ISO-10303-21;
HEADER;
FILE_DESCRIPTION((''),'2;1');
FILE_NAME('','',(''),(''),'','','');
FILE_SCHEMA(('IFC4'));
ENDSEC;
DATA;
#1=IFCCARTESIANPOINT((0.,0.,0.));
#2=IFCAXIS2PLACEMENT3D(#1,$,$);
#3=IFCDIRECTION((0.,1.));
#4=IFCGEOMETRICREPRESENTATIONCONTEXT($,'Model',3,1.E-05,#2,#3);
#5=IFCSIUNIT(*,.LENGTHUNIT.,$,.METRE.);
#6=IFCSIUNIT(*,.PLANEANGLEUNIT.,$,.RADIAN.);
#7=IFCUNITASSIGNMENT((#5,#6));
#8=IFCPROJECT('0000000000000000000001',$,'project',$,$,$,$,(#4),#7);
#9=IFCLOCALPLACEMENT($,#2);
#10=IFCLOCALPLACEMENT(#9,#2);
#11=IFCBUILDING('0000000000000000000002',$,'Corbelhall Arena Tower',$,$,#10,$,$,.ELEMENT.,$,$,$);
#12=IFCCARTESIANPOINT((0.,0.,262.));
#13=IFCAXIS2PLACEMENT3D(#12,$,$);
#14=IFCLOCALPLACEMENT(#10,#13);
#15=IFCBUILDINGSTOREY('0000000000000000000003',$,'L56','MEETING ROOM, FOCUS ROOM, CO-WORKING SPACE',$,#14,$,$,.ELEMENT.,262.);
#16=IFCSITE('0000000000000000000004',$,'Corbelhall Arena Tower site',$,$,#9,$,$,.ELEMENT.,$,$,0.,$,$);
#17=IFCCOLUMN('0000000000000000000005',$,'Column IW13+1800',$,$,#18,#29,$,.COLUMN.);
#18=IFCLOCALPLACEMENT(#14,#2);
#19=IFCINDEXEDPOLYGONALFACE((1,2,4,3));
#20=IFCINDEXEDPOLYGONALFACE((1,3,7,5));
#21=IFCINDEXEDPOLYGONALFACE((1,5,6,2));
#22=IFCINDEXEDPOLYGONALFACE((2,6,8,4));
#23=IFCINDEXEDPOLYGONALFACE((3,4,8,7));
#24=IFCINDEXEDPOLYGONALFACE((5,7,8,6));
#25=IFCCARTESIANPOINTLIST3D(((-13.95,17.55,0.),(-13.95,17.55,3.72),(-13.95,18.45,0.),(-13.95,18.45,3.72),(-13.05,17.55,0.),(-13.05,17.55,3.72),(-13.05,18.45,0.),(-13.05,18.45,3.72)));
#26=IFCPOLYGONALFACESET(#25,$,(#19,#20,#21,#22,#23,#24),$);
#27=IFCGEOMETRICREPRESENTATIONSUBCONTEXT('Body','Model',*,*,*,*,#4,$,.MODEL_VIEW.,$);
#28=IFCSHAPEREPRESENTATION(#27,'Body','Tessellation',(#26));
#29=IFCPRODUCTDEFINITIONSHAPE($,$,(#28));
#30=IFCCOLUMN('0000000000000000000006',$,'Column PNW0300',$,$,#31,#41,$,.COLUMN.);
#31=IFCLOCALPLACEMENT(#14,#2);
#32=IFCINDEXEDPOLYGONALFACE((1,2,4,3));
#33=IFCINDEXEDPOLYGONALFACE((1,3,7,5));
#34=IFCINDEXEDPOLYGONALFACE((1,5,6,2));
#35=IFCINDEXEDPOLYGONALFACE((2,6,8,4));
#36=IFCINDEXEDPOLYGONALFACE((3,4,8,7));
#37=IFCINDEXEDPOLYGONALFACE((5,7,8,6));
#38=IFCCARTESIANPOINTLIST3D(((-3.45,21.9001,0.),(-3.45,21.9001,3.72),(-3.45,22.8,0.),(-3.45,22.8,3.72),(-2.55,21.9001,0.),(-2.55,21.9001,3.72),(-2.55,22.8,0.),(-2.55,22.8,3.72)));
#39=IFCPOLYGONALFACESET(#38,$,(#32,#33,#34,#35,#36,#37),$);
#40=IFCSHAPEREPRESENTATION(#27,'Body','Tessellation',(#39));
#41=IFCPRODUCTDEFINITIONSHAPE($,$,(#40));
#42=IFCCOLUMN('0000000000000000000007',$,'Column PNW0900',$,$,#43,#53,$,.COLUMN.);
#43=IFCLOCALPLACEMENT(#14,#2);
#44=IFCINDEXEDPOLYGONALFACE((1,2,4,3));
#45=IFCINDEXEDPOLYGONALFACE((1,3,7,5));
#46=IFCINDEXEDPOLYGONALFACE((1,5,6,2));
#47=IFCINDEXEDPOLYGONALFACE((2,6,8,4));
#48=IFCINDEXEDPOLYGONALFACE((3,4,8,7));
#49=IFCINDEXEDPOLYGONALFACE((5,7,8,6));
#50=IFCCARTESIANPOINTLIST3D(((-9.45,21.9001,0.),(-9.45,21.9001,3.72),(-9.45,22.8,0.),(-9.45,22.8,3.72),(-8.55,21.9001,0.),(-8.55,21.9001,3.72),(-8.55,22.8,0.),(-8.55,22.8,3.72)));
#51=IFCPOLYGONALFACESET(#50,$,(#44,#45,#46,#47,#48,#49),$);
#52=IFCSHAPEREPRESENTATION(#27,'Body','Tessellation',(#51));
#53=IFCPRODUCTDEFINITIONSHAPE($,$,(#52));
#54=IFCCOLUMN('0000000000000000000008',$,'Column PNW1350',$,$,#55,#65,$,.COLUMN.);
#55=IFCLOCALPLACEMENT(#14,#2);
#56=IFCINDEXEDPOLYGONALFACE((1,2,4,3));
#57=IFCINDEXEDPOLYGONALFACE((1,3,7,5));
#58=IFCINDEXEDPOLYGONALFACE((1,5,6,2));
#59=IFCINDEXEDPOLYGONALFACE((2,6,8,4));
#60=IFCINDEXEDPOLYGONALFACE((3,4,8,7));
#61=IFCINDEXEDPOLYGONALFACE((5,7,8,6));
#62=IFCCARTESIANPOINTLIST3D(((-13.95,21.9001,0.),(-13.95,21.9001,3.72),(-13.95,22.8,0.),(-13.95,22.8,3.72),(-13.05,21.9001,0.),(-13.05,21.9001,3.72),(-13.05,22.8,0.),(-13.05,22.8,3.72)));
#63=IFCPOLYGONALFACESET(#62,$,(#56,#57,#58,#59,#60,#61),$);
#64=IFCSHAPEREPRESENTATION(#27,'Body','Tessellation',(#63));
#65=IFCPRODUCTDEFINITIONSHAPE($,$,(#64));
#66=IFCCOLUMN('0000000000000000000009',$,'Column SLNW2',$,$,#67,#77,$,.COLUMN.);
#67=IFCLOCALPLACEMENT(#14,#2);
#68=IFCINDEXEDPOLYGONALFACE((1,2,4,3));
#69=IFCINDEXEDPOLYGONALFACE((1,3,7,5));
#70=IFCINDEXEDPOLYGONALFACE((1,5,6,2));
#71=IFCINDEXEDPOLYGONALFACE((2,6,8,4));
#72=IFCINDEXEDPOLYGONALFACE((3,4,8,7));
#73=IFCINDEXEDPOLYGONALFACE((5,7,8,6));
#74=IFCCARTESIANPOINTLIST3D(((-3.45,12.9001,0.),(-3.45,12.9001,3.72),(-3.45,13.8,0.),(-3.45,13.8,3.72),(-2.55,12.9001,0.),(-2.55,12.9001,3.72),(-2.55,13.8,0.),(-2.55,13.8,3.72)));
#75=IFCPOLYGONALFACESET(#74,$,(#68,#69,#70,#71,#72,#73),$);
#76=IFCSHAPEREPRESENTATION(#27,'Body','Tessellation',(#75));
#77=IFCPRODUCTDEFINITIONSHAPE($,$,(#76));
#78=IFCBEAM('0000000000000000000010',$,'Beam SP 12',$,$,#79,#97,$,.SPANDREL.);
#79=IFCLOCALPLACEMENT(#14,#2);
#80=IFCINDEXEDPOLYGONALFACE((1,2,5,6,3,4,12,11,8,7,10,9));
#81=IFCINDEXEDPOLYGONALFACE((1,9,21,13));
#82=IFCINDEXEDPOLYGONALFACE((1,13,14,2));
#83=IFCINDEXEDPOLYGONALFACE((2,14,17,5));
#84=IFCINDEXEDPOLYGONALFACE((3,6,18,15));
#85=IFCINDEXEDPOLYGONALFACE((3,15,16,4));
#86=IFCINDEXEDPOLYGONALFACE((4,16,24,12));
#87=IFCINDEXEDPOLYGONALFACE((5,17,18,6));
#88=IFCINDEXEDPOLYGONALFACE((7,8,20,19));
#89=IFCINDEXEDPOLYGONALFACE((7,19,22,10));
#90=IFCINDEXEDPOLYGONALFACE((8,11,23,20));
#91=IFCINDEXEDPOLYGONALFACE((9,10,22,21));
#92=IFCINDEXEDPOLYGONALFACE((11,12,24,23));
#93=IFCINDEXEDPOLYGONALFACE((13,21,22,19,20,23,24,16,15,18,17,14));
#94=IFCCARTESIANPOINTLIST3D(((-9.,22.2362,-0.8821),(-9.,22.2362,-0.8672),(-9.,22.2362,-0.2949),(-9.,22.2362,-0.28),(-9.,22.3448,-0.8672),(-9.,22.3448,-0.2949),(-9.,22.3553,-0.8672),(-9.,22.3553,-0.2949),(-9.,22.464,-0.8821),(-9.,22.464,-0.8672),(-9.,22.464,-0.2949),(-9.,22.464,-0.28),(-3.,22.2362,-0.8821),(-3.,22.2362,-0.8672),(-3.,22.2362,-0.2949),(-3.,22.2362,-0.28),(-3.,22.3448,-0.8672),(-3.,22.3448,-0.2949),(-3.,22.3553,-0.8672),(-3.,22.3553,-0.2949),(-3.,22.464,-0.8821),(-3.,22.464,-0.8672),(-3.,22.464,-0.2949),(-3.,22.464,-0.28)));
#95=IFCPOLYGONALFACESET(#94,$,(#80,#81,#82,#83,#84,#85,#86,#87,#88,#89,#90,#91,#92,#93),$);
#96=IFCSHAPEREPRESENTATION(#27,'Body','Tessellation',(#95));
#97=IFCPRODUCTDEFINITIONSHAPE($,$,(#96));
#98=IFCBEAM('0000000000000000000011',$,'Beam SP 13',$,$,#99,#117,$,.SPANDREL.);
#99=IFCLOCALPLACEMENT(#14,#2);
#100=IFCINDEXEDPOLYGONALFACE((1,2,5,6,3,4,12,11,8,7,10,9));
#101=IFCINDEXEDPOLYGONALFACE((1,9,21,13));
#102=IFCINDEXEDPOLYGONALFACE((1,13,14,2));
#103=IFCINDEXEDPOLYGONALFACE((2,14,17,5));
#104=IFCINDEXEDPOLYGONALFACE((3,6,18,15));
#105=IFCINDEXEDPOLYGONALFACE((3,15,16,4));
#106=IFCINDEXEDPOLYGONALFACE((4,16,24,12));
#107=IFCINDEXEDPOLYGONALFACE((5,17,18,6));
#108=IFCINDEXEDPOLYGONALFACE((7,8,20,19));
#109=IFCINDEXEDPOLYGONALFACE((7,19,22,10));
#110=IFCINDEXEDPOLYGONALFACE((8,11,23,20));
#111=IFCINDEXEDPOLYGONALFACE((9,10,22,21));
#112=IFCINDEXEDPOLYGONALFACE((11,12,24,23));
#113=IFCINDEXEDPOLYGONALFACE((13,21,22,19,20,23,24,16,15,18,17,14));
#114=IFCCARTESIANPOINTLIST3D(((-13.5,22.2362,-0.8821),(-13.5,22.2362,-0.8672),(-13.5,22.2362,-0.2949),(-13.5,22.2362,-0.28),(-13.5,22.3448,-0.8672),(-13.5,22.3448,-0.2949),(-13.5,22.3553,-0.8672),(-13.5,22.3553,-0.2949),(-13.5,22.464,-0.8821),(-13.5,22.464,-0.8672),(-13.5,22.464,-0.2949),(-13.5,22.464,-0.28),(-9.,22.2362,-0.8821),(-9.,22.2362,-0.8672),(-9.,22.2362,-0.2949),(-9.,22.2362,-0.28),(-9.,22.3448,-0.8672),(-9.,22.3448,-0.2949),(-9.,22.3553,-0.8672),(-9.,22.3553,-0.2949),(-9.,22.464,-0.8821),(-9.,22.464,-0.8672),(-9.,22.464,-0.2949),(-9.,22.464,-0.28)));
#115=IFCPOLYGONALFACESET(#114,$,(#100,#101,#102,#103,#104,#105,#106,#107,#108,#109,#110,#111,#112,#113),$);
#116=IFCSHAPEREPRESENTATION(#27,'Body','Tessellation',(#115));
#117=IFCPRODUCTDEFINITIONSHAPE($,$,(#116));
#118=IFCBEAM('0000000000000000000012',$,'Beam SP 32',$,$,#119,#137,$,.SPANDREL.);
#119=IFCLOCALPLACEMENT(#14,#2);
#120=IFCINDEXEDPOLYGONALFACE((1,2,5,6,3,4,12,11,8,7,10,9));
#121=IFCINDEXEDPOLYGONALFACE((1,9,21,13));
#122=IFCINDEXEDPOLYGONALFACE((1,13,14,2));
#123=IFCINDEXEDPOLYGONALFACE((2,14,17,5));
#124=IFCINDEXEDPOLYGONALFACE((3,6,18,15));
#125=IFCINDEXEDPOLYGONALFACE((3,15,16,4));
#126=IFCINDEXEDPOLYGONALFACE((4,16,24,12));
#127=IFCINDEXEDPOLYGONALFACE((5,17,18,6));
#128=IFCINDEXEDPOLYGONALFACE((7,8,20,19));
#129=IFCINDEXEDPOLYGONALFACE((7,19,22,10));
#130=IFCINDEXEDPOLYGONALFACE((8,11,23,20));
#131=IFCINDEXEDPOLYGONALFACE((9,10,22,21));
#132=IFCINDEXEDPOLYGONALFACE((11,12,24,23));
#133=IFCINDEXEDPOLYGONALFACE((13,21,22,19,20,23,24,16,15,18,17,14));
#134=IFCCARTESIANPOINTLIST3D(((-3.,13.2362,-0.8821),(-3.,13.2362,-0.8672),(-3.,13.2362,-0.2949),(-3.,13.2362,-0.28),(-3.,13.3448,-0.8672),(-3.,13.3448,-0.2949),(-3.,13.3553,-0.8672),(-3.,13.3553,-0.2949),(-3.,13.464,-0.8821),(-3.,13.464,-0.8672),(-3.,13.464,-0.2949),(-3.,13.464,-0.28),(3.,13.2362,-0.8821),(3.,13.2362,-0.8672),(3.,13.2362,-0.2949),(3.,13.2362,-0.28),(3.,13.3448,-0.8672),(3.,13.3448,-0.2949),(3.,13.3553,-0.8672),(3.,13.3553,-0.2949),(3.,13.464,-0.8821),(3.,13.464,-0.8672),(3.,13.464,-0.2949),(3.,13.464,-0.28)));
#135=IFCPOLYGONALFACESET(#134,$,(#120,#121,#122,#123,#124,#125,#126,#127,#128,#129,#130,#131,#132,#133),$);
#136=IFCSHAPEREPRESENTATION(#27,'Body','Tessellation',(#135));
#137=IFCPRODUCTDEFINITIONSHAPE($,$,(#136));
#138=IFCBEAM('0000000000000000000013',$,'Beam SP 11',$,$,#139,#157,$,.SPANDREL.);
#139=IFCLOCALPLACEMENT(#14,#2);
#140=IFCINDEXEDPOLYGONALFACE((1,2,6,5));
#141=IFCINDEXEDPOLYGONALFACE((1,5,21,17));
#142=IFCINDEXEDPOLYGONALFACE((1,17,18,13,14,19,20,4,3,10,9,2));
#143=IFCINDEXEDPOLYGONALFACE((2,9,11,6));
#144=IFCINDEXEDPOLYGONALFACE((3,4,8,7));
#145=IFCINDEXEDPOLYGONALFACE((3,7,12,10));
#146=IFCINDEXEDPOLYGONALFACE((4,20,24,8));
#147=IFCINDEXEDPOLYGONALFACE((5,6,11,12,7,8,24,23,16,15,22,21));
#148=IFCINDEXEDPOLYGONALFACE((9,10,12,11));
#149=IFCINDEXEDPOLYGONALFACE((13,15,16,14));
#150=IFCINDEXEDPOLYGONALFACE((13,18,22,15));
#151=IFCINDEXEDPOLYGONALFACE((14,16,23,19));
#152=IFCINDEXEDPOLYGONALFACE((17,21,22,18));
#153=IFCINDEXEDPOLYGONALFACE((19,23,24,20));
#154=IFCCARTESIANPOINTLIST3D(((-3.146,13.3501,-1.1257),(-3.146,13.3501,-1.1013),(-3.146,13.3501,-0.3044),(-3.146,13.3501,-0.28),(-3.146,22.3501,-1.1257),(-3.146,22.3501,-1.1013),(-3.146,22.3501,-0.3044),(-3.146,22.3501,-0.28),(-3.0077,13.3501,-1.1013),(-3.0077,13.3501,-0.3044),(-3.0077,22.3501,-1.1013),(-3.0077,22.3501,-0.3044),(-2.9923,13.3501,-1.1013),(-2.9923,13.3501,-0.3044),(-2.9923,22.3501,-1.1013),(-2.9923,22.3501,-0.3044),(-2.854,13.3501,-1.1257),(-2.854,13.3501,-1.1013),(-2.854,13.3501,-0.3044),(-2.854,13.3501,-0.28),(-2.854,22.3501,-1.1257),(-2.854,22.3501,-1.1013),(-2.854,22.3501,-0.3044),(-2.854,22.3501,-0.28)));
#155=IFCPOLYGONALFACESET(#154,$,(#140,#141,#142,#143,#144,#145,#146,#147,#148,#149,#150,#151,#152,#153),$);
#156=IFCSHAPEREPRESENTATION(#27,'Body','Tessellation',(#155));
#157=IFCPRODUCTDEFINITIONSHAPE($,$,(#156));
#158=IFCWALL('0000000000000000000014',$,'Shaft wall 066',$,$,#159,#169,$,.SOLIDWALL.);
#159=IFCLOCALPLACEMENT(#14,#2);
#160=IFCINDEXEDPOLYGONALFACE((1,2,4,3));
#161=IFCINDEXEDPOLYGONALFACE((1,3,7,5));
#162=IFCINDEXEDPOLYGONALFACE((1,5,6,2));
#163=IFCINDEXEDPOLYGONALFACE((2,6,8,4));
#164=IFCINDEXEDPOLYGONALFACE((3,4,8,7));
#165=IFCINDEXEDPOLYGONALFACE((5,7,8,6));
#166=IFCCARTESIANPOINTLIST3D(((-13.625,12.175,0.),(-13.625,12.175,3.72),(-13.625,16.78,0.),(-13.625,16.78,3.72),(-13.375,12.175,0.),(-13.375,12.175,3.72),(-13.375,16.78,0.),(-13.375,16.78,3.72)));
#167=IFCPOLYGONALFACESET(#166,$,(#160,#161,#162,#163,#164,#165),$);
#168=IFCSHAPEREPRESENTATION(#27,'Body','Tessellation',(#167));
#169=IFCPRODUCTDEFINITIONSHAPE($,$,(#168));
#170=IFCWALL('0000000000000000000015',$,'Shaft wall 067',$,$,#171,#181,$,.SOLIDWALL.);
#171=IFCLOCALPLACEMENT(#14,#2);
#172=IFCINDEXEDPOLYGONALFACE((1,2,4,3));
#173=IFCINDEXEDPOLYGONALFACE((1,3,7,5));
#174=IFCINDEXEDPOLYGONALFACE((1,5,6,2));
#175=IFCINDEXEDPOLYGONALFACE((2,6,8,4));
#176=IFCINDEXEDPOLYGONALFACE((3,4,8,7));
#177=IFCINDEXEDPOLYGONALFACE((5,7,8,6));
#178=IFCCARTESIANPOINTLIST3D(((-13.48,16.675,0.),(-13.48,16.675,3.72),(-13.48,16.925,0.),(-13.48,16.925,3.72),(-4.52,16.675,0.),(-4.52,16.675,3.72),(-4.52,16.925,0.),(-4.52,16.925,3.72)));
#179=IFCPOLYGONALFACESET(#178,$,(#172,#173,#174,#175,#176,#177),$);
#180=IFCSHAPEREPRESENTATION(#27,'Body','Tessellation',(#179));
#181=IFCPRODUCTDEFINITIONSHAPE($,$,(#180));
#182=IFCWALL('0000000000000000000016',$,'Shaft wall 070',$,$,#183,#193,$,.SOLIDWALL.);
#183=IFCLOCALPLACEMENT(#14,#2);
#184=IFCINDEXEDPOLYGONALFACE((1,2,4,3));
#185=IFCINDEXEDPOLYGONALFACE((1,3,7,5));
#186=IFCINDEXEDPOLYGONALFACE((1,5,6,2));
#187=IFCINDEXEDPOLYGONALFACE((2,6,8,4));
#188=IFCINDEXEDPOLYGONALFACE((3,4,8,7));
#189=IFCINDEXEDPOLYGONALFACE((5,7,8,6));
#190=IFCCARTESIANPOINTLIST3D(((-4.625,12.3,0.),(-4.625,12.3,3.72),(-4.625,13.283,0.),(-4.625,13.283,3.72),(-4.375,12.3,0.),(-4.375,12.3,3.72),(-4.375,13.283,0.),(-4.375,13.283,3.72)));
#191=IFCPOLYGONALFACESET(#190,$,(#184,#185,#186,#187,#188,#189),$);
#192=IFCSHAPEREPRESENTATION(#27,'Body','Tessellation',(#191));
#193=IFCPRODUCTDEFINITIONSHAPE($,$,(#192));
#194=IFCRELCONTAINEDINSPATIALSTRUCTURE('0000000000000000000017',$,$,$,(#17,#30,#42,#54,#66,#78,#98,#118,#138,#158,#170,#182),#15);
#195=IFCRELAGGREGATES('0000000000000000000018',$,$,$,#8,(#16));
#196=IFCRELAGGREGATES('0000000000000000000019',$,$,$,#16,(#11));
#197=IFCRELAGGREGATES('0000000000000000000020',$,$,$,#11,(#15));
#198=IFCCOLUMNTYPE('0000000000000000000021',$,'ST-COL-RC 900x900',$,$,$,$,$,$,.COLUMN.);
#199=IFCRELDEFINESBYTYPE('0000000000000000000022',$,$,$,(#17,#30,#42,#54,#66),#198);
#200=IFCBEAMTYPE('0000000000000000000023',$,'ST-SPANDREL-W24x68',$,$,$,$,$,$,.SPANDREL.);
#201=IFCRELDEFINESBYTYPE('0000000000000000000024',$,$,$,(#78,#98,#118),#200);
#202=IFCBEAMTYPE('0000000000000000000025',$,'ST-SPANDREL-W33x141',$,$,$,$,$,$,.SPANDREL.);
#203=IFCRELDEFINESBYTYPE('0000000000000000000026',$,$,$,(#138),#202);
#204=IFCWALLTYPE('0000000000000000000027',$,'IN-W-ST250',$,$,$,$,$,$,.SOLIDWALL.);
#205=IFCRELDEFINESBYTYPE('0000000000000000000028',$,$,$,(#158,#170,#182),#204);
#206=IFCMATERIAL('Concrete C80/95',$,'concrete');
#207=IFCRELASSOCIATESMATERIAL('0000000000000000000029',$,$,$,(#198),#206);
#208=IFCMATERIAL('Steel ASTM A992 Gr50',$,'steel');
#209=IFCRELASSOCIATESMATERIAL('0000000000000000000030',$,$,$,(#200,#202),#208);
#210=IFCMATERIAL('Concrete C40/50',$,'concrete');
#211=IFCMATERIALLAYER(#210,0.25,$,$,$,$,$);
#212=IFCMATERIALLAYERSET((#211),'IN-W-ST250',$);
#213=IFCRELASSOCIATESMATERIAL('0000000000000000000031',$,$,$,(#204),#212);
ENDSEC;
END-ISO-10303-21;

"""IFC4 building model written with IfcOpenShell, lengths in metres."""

from ifc_helpers import new_model, si_unit, direction, frame, frame_2d, origin, origin_2d, place, context, subcontext, project, spatial, rectangle, i_section, extrude, material, layer, layer_set, material_profile, profile_set, type_object, element, save


model = new_model("IFC4")

# Units and contexts
model_context = context("Model", 3, precision=1e-05, world=origin(), true_north=direction((0.0, 1.0)))
body_context = subcontext(model_context, "Body", "Model", "MODEL_VIEW")
ifc_project = project(units=[si_unit("LENGTHUNIT", "METRE"), si_unit("PLANEANGLEUNIT", "RADIAN")], contexts=[model_context])

# Site, building, storey
site_placement = place(None, origin())
site = spatial("IfcSite", under=ifc_project, at=site_placement, Name="Corbelhall Arena Tower site", CompositionType="ELEMENT", RefElevation=0.0)
building_placement = place(site_placement, origin())
building = spatial("IfcBuilding", under=site, at=building_placement, Name="Corbelhall Arena Tower", CompositionType="ELEMENT")
storey_placement = place(building_placement, frame((0.0, 0.0, 262.0)))
storey = spatial("IfcBuildingStorey", under=building, at=storey_placement, Name="L56", Description="MEETING ROOM, FOCUS ROOM, CO-WORKING SPACE", CompositionType="ELEMENT", Elevation=262.0)

# Columns
ifc_material_1 = material(Name="Concrete C80/95", Category="concrete")
ifc_material_profile_1 = material_profile(ifc_material_1, rectangle(XDim=0.8999, YDim=0.8999, at=origin_2d()))
ifc_profile_set_1 = profile_set([ifc_material_profile_1], Name="Concrete C80/95")
column_type = type_object("IfcColumnType", Name="ST-COL-RC 900x900", PredefinedType="COLUMN", material=ifc_profile_set_1)
for number, where, z_axis, x_axis, name in (
    (1, (-13.5, 18.0, 0.0), (0.0, 0.0, 1.0), (1.0, 0.0, 0.0), "Column IW13+1800"),
    (2, (-3.0, 22.3501, 0.0), (0.0, 0.0, 1.0), (1.0, 0.0, 0.0), "Column PNW0300"),
    (3, (-9.0, 22.3501, 0.0), (0.0, 0.0, 1.0), (1.0, 0.0, 0.0), "Column PNW0900"),
    (4, (-13.5, 22.3501, 0.0), (0.0, 0.0, 1.0), (1.0, 0.0, 0.0), "Column PNW1350"),
    (5, (-3.0, 13.3501, 0.0), (0.0, 0.0, 1.0), (1.0, 0.0, 0.0), "Column SLNW2"),
):
    element("IfcColumn", number, at=place(storey_placement, frame(where, z_axis=z_axis, x_axis=x_axis)), inside=storey, type_object=column_type, Name=name, PredefinedType="COLUMN", context=body_context, shape_type="SweptSolid", body=[
        extrude(rectangle(XDim=0.8999, YDim=0.8999, at=origin_2d()), origin(), (0.0, 0.0, 1.0), 3.72),
    ])

# Beams
ifc_material_2 = material(Name="Steel ASTM A992 Gr50", Category="steel")
ifc_material_profile_2 = material_profile(ifc_material_2, i_section(OverallWidth=0.2278, OverallDepth=0.6021, WebThickness=0.0105, FlangeThickness=0.0149, at=origin_2d()))
ifc_profile_set_2 = profile_set([ifc_material_profile_2], Name="Steel ASTM A992 Gr50")
beam_type_1 = type_object("IfcBeamType", Name="ST-SPANDREL-W24x68", PredefinedType="SPANDREL", material=ifc_profile_set_2)
beam_1_placement = place(storey_placement, frame((-9.0, 22.3501, -0.5811), z_axis=(1.0, 0.0, 0.0), x_axis=(0.0, 1.0, 0.0)))
element("IfcBeam", 6, at=beam_1_placement, inside=storey, type_object=beam_type_1, Name="Beam SP 12", PredefinedType="SPANDREL", context=body_context, shape_type="SweptSolid", body=[
    extrude(i_section(OverallWidth=0.2278, OverallDepth=0.6021, WebThickness=0.0105, FlangeThickness=0.0149, at=origin_2d()), origin(), (0.0, 0.0, 1.0), 6.0),
])
beam_2_placement = place(storey_placement, frame((-13.5, 22.3501, -0.5811), z_axis=(1.0, 0.0, 0.0), x_axis=(0.0, 1.0, 0.0)))
element("IfcBeam", 7, at=beam_2_placement, inside=storey, type_object=beam_type_1, Name="Beam SP 13", PredefinedType="SPANDREL", context=body_context, shape_type="SweptSolid", body=[
    extrude(i_section(OverallWidth=0.2278, OverallDepth=0.6021, WebThickness=0.0105, FlangeThickness=0.0149, at=origin_2d()), origin(), (0.0, 0.0, 1.0), 4.5),
])
beam_3_placement = place(storey_placement, frame((-3.0, 13.3501, -0.5811), z_axis=(1.0, 0.0, 0.0), x_axis=(0.0, 1.0, 0.0)))
element("IfcBeam", 8, at=beam_3_placement, inside=storey, type_object=beam_type_1, Name="Beam SP 32", PredefinedType="SPANDREL", context=body_context, shape_type="SweptSolid", body=[
    extrude(i_section(OverallWidth=0.2278, OverallDepth=0.6021, WebThickness=0.0105, FlangeThickness=0.0149, at=origin_2d()), origin(), (0.0, 0.0, 1.0), 6.0),
])
ifc_material_profile_3 = material_profile(ifc_material_2, i_section(OverallWidth=0.292, OverallDepth=0.8457, WebThickness=0.0154, FlangeThickness=0.0244, at=origin_2d()))
ifc_profile_set_3 = profile_set([ifc_material_profile_3], Name="Steel ASTM A992 Gr50")
beam_type_2 = type_object("IfcBeamType", Name="ST-SPANDREL-W33x141", PredefinedType="SPANDREL", material=ifc_profile_set_3)
beam_4_placement = place(storey_placement, frame((-3.0, 22.3501, -0.7029), z_axis=(0.0, -1.0, 0.0), x_axis=(1.0, 0.0, 0.0)))
element("IfcBeam", 9, at=beam_4_placement, inside=storey, type_object=beam_type_2, Name="Beam SP 11", PredefinedType="SPANDREL", context=body_context, shape_type="SweptSolid", body=[
    extrude(i_section(OverallWidth=0.292, OverallDepth=0.8457, WebThickness=0.0154, FlangeThickness=0.0244, at=origin_2d()), origin(), (0.0, 0.0, 1.0), 9.0),
])

# Walls
ifc_material_3 = material(Name="Concrete C40/50", Category="concrete")
ifc_layer_1 = layer(ifc_material_3, 0.25)
ifc_layer_set_1 = layer_set([ifc_layer_1], Name="IN-W-ST250")
wall_type_1 = type_object("IfcWallType", Name="IN-W-ST250", PredefinedType="SOLIDWALL", material=ifc_layer_set_1)
wall_1_placement = place(storey_placement, frame((-13.5, 16.78, 0.0), z_axis=(0.0, 0.0, 1.0), x_axis=(0.0, -1.0, 0.0)))
element("IfcWall", 10, at=wall_1_placement, inside=storey, type_object=wall_type_1, Name="Shaft wall 066", PredefinedType="SOLIDWALL", context=body_context, shape_type="SweptSolid", body=[
    extrude(rectangle(XDim=4.605, YDim=0.25, at=frame_2d((2.3025, 0.0))), origin(), (0.0, 0.0, 1.0), 3.72),
])
wall_2_placement = place(storey_placement, frame((-13.48, 16.8, 0.0), z_axis=(0.0, 0.0, 1.0), x_axis=(1.0, 0.0, 0.0)))
element("IfcWall", 11, at=wall_2_placement, inside=storey, type_object=wall_type_1, Name="Shaft wall 067", PredefinedType="SOLIDWALL", context=body_context, shape_type="SweptSolid", body=[
    extrude(rectangle(XDim=8.96, YDim=0.25, at=frame_2d((4.48, 0.0))), origin(), (0.0, 0.0, 1.0), 3.72),
])
wall_3_placement = place(storey_placement, frame((-4.5, 13.283, 0.0), z_axis=(0.0, 0.0, 1.0), x_axis=(0.0, -1.0, 0.0)))
element("IfcWall", 12, at=wall_3_placement, inside=storey, type_object=wall_type_1, Name="Shaft wall 070", PredefinedType="SOLIDWALL", context=body_context, shape_type="SweptSolid", body=[
    extrude(rectangle(XDim=0.9829, YDim=0.25, at=frame_2d((0.4915, 0.0))), origin(), (0.0, 0.0, 1.0), 3.72),
])

save(model, "model.ifc")
